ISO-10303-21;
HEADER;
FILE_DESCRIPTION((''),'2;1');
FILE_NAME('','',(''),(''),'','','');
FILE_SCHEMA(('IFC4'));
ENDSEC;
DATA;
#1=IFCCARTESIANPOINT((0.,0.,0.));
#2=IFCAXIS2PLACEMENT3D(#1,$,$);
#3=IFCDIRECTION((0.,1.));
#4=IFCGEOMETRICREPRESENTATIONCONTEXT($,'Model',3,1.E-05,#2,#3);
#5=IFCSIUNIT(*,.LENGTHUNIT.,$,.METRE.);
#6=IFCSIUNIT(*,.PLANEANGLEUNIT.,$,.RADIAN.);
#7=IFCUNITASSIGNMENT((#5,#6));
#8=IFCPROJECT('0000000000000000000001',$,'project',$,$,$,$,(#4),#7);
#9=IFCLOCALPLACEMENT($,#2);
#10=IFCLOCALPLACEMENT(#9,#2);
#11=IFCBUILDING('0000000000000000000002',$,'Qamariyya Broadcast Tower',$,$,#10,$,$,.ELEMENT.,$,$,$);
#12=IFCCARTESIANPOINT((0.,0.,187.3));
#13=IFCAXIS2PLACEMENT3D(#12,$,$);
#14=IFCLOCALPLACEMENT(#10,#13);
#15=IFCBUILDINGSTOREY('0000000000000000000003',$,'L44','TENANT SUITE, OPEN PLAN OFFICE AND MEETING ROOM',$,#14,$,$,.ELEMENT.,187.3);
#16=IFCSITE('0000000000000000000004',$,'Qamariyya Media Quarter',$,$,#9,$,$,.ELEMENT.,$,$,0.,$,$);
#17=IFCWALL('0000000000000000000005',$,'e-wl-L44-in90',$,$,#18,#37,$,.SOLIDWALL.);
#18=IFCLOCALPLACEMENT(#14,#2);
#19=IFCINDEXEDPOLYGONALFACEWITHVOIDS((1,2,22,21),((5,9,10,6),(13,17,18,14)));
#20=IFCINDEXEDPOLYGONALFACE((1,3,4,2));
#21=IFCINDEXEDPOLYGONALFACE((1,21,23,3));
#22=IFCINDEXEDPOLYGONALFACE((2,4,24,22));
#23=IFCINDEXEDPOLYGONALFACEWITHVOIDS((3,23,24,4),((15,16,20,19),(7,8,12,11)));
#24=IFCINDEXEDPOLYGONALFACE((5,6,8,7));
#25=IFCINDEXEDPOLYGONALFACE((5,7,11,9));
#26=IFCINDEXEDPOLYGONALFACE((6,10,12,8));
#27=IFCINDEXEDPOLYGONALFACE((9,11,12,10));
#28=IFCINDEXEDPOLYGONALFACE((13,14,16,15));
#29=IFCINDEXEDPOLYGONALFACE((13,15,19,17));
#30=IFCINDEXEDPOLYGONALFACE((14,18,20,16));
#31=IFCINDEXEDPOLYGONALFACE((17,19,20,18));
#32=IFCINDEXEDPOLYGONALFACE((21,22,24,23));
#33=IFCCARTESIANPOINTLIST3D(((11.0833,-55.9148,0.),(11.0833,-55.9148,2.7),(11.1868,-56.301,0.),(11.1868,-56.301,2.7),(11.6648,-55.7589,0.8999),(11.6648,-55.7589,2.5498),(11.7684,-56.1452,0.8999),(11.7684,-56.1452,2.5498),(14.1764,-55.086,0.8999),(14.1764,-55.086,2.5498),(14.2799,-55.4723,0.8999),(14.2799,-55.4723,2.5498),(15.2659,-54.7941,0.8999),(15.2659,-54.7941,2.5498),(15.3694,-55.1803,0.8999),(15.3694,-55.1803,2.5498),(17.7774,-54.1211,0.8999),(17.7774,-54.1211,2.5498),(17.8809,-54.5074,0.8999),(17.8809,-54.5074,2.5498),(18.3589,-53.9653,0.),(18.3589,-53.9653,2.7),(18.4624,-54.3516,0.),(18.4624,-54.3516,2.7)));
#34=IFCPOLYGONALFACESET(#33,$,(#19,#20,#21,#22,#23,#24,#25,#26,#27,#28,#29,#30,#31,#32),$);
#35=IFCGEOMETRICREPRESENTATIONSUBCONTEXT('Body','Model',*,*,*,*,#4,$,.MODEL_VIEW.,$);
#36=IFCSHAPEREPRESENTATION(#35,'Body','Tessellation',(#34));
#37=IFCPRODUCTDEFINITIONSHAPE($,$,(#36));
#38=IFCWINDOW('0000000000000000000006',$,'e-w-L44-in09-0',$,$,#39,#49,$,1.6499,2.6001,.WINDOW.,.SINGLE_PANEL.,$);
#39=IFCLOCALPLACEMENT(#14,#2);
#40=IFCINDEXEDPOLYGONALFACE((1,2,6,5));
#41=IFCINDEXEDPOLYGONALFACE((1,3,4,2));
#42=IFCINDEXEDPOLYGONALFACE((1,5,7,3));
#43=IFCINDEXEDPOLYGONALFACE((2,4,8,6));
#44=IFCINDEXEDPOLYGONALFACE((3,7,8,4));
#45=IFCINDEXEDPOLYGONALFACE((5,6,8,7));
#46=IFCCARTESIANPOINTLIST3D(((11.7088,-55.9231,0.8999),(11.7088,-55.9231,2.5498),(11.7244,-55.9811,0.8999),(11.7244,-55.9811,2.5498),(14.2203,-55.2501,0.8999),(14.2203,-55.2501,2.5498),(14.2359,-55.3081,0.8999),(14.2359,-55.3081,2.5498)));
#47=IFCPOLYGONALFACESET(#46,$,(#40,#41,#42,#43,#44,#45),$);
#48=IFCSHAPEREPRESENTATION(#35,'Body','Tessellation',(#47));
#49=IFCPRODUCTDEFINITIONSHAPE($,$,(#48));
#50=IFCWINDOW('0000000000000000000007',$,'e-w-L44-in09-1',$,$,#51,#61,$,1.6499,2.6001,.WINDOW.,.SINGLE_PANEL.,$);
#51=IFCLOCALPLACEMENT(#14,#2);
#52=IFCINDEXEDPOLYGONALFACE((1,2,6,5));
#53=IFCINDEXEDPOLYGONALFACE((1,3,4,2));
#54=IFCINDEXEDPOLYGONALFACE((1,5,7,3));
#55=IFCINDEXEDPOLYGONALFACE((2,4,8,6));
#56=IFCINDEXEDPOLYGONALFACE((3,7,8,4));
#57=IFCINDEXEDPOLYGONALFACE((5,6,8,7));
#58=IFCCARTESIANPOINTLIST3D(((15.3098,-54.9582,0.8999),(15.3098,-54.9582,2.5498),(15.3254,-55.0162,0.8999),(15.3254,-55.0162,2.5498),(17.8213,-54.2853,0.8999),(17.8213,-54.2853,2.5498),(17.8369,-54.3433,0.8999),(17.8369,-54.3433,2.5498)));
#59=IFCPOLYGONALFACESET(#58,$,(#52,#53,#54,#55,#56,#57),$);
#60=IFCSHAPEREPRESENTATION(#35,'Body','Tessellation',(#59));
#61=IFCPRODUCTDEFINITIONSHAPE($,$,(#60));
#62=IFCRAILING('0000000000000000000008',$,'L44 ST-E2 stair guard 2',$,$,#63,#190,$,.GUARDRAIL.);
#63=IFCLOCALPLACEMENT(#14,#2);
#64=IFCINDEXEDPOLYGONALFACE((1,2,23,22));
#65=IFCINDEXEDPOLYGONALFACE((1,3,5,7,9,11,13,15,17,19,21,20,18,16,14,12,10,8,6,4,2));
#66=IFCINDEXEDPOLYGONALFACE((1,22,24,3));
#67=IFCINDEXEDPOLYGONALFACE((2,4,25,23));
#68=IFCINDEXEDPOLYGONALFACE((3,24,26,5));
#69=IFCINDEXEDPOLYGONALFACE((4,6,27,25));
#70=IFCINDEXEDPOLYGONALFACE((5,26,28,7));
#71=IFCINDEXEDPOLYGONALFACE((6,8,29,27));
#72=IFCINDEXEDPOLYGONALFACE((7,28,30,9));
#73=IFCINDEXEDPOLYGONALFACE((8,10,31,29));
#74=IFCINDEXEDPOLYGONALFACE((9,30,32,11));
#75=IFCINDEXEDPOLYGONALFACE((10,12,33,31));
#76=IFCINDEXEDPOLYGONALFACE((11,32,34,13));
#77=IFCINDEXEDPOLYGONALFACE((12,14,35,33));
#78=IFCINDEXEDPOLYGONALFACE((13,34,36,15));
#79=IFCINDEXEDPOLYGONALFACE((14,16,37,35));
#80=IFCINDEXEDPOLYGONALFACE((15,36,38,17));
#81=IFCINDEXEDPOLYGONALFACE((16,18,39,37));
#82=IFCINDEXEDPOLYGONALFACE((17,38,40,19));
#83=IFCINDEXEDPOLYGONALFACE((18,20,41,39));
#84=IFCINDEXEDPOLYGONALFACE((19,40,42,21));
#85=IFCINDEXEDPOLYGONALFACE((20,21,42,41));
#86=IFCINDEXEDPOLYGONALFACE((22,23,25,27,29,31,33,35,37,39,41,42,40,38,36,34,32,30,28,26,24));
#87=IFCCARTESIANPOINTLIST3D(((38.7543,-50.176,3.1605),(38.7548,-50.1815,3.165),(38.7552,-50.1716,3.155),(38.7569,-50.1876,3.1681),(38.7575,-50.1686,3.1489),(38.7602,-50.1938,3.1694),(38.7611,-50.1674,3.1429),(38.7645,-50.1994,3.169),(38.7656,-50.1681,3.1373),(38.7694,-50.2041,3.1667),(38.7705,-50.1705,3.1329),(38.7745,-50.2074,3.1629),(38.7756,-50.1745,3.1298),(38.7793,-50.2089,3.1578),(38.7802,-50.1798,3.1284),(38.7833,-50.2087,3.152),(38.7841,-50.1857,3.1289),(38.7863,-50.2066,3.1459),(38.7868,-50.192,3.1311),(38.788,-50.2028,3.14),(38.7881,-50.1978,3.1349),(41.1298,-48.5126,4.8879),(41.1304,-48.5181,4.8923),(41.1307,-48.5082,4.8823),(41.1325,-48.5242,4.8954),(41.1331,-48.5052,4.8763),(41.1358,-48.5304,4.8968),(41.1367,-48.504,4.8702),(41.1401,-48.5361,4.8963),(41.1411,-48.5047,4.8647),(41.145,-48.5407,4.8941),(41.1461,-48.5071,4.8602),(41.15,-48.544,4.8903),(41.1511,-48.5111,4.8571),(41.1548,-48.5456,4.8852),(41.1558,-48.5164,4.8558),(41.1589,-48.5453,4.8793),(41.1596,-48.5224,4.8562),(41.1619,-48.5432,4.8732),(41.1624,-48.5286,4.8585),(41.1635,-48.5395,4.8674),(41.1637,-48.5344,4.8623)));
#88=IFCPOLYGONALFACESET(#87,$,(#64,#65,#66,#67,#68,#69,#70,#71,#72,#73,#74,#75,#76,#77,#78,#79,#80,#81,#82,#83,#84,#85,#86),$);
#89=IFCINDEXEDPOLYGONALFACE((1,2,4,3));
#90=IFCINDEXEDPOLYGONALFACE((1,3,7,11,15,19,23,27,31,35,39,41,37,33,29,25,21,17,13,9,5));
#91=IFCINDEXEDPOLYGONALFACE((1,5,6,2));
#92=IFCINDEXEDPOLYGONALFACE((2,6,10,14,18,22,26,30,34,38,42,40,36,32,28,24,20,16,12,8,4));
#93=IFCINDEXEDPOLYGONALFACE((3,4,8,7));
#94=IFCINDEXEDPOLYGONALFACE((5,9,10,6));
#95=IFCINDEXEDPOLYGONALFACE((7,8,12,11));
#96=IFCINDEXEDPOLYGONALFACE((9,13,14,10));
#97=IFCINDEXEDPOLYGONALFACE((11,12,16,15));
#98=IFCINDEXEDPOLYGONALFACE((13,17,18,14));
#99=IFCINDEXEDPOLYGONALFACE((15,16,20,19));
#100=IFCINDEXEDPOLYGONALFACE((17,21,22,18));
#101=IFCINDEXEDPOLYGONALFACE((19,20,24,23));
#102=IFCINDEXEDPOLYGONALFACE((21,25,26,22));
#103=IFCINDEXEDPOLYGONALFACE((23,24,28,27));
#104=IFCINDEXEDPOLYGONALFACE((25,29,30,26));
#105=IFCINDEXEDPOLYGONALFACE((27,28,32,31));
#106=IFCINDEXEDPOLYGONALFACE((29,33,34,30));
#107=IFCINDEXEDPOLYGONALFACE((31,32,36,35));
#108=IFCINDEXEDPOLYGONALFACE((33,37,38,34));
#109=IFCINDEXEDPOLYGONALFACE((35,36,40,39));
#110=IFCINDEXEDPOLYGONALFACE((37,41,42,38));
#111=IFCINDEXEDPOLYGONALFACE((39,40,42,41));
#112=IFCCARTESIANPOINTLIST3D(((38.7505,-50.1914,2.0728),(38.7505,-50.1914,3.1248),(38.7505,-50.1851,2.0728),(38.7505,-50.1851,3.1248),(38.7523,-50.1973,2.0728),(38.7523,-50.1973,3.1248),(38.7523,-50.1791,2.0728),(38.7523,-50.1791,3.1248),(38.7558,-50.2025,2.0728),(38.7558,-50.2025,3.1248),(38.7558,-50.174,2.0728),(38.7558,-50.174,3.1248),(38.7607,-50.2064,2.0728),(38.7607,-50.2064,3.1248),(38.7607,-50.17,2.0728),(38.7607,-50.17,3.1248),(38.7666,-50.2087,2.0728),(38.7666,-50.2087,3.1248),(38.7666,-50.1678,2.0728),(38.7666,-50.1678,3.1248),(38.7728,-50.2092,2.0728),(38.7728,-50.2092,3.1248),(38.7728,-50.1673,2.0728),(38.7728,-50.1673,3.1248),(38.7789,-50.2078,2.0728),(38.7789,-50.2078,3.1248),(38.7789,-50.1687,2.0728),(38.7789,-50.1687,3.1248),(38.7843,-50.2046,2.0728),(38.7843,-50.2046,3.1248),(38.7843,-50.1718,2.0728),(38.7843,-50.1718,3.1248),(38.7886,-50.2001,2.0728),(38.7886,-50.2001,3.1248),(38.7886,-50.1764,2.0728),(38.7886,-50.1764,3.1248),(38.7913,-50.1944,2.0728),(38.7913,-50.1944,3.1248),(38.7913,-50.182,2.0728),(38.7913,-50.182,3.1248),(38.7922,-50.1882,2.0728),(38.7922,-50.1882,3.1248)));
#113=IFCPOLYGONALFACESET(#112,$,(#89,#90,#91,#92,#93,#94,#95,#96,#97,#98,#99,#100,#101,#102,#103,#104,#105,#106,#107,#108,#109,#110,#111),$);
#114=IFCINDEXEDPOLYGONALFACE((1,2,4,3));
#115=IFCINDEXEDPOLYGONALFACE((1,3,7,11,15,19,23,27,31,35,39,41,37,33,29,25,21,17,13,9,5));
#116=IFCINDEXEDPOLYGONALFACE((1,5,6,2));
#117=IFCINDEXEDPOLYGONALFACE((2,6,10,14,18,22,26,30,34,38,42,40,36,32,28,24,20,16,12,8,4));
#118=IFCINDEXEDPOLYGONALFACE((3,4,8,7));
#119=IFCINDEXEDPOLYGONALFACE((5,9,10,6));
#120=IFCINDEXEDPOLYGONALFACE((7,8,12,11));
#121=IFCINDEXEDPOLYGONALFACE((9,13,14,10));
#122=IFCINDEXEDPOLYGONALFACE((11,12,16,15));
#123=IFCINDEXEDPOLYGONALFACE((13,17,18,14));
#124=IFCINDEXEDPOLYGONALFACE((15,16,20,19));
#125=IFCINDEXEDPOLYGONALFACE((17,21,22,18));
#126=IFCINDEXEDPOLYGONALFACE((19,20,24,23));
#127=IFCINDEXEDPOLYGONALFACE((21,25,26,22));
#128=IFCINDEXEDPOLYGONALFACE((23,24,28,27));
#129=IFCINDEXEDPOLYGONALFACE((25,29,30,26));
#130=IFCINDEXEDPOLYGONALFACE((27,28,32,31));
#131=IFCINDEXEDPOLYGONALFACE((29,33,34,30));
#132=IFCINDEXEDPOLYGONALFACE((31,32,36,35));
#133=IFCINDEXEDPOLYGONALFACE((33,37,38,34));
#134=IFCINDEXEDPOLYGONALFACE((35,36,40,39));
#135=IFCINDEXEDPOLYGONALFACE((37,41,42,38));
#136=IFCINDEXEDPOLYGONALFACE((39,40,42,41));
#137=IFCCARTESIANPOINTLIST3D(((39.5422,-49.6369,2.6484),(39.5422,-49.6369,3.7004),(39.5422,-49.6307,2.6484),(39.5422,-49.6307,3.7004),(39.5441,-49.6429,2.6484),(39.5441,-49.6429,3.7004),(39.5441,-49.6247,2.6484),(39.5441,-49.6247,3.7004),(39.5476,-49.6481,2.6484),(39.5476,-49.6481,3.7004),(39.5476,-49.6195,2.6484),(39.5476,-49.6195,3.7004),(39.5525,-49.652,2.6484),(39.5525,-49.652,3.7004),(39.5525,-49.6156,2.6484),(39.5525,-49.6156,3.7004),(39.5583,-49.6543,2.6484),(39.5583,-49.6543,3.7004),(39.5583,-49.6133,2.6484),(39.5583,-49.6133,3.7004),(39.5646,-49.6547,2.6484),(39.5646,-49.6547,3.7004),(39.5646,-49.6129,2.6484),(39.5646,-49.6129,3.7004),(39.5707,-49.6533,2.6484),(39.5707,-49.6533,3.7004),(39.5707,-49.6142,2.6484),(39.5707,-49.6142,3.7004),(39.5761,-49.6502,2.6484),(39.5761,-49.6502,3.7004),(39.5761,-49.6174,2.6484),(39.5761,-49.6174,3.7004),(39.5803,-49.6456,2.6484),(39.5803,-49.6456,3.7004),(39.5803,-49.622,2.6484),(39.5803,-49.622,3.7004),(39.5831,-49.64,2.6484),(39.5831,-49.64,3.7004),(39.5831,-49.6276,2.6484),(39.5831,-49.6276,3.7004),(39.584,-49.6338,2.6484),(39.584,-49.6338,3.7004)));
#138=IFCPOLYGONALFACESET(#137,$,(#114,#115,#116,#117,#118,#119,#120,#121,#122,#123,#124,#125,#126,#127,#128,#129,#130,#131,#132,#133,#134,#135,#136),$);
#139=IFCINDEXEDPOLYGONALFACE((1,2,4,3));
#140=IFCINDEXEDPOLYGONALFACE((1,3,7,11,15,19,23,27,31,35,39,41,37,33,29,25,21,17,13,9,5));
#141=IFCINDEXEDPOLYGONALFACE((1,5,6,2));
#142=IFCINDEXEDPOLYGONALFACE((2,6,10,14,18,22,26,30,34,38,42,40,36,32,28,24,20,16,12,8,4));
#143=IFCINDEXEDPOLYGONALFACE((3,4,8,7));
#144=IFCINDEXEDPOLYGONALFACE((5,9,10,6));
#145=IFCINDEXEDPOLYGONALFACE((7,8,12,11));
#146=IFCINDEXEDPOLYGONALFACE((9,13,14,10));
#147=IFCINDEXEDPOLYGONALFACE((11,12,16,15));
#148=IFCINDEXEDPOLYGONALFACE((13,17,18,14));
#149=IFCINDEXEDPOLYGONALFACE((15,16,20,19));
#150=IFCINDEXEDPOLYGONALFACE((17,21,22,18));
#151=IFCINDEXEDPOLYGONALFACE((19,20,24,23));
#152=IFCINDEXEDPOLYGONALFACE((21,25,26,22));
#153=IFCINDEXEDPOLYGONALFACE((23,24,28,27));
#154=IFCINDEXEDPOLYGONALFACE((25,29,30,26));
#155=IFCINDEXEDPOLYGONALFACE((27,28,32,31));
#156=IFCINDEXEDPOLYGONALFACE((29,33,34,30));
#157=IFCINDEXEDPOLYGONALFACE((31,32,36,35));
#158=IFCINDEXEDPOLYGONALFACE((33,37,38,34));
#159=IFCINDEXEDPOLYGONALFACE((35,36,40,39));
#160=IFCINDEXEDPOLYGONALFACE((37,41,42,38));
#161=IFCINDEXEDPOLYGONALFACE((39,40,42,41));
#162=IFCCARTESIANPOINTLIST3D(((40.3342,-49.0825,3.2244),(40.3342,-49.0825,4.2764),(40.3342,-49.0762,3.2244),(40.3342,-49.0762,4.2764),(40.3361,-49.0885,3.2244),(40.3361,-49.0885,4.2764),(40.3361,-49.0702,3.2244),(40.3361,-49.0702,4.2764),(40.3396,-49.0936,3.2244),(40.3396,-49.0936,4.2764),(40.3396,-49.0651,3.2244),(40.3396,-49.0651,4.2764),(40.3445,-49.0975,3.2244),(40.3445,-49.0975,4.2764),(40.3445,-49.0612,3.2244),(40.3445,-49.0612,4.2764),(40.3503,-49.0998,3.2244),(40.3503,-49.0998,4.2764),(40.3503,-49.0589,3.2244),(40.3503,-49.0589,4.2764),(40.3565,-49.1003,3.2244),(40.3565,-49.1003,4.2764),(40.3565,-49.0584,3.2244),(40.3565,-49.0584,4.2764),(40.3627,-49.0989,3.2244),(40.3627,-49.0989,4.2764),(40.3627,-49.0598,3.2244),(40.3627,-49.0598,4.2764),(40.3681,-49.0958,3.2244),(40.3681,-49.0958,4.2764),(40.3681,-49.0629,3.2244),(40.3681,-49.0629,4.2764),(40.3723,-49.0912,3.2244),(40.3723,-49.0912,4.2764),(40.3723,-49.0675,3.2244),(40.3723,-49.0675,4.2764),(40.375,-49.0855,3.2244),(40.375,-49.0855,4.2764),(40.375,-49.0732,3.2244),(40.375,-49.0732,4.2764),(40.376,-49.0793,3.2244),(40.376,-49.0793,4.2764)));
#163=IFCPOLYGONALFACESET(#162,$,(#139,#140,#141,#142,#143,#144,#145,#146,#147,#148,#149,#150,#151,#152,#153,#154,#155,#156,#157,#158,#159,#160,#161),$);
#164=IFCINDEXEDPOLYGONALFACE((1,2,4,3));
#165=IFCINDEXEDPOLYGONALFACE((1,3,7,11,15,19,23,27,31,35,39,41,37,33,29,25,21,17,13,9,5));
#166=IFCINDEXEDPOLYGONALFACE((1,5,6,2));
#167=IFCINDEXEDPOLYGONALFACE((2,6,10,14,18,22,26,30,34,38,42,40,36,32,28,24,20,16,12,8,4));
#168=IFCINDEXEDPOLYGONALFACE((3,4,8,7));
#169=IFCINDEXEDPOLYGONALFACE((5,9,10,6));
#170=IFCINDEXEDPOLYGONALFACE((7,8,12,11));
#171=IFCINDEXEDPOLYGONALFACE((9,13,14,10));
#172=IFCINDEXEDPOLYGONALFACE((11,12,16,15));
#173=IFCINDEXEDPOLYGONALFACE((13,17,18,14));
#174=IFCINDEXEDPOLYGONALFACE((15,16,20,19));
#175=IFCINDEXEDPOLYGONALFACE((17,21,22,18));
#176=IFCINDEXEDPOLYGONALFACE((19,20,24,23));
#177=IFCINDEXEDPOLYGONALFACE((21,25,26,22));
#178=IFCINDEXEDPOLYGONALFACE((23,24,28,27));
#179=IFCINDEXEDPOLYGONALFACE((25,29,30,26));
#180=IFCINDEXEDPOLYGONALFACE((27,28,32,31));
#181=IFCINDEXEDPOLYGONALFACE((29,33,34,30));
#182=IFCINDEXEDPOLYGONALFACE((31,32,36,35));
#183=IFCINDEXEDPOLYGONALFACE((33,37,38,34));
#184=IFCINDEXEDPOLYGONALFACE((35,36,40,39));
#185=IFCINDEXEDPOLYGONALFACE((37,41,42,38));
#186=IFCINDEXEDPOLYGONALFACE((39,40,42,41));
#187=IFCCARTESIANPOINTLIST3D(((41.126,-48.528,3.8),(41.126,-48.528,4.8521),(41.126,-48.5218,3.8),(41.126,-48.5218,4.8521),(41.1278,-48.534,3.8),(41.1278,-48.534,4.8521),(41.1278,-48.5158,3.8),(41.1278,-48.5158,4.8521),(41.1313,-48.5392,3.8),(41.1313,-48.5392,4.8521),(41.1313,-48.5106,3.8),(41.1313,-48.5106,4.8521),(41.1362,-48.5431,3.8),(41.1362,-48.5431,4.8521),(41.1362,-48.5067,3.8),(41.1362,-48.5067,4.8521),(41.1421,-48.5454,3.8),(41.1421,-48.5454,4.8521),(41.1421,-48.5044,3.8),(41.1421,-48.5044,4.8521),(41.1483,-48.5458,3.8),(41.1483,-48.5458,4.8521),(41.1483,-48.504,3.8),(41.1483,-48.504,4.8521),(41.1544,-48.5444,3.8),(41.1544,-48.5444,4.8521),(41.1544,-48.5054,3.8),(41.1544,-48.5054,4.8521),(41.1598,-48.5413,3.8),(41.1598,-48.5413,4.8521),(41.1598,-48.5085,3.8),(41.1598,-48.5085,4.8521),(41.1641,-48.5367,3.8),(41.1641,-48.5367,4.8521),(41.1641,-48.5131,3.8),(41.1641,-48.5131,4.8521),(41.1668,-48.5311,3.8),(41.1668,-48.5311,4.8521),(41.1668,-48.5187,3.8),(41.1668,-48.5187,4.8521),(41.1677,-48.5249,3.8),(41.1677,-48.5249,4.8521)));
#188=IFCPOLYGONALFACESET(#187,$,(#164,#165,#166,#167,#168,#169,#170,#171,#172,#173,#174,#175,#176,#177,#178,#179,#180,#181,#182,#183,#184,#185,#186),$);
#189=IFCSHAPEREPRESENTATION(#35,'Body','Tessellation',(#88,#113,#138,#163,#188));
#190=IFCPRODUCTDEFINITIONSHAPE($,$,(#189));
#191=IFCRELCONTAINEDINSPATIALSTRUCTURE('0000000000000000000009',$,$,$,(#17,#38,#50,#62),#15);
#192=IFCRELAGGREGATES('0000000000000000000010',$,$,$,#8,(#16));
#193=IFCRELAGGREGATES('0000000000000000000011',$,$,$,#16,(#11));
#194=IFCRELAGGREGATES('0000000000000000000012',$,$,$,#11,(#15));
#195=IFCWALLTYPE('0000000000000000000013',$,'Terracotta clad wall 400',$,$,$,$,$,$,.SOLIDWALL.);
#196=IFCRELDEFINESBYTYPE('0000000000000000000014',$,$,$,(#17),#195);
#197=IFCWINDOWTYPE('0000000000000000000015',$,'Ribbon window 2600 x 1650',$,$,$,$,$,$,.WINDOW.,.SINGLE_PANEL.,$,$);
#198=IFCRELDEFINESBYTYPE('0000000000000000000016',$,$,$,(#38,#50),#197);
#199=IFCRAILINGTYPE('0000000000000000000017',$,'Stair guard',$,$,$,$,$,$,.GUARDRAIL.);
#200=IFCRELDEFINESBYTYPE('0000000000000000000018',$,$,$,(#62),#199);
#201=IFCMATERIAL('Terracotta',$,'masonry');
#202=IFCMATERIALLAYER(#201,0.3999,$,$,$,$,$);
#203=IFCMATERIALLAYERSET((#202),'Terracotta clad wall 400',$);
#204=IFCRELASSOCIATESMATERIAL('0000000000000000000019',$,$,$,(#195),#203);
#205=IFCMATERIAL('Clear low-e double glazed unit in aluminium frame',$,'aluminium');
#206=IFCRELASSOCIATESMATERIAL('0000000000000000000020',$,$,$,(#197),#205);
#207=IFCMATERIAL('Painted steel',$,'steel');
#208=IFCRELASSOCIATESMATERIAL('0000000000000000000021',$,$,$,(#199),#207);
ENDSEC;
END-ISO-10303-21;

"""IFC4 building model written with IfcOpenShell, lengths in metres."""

from ifc_helpers import new_model, si_unit, direction, frame, frame_2d, origin, origin_2d, place, context, subcontext, project, spatial, rectangle, circle, extrude, material, layer, layer_set, type_object, element, fill, save


model = new_model("IFC4")

# Units and contexts
model_context = context("Model", 3, precision=1e-05, world=origin(), true_north=direction((0.0, 1.0)))
body_context = subcontext(model_context, "Body", "Model", "MODEL_VIEW")
ifc_project = project(units=[si_unit("LENGTHUNIT", "METRE"), si_unit("PLANEANGLEUNIT", "RADIAN")], contexts=[model_context])

# Site, building, storey
site_placement = place(None, origin())
site = spatial("IfcSite", under=ifc_project, at=site_placement, Name="Qamariyya Media Quarter", CompositionType="ELEMENT", RefElevation=0.0)
building_placement = place(site_placement, origin())
building = spatial("IfcBuilding", under=site, at=building_placement, Name="Qamariyya Broadcast Tower", CompositionType="ELEMENT")
storey_placement = place(building_placement, frame((0.0, 0.0, 187.3)))
storey = spatial("IfcBuildingStorey", under=building, at=storey_placement, Name="L44", Description="TENANT SUITE, OPEN PLAN OFFICE AND MEETING ROOM", CompositionType="ELEMENT", Elevation=187.3)

# Wall, openings, windows
ifc_material_1 = material(Name="Terracotta", Category="masonry")
ifc_layer_1 = layer(ifc_material_1, 0.3999)
ifc_layer_set_1 = layer_set([ifc_layer_1], Name="Terracotta clad wall 400")
wall_type_1 = type_object("IfcWallType", Name="Terracotta clad wall 400", PredefinedType="SOLIDWALL", material=ifc_layer_set_1)
ifc_material_2 = material(Name="Clear low-e double glazed unit in aluminium frame", Category="aluminium")
window_type = type_object("IfcWindowType", Name="Ribbon window 2600 x 1650", PartitioningType="SINGLE_PANEL", PredefinedType="WINDOW", material=ifc_material_2)
wall_1_placement = place(storey_placement, frame((18.4106, -54.1584, 0.0), z_axis=(0.0, 0.0, 1.0), x_axis=(-0.965927, -0.258814, 0.0)))
wall_1 = element("IfcWall", 1, at=wall_1_placement, inside=storey, type_object=wall_type_1, Name="e-wl-L44-in90", PredefinedType="SOLIDWALL", context=body_context, shape_type="SweptSolid", body=[
    extrude(rectangle(XDim=7.5322, YDim=0.3999, at=frame_2d((3.7661, 0.0))), origin(), (0.0, 0.0, 1.0), 2.7),
])
opening_1_placement = place(wall_1_placement, frame((4.3301, 0.0, 0.8999)))
opening_1 = element("IfcOpeningElement", 2, at=opening_1_placement, cuts=wall_1, PredefinedType="OPENING", context=body_context, shape_type="SweptSolid", body=[
    extrude(rectangle(XDim=2.6001, YDim=1.6499, at=frame_2d((1.3, 0.825))), frame((0.0, 0.21, 0.0), z_axis=(0.0, -1.0, 0.0), x_axis=(1.0, 0.0, 0.0)), (0.0, 0.0, 1.0), 0.4199),
])
opening_2_placement = place(wall_1_placement, frame((0.6021, 0.0, 0.8999)))
opening_2 = element("IfcOpeningElement", 3, at=opening_2_placement, cuts=wall_1, PredefinedType="OPENING", context=body_context, shape_type="SweptSolid", body=[
    extrude(rectangle(XDim=2.6001, YDim=1.6499, at=frame_2d((1.3, 0.825))), frame((0.0, 0.21, 0.0), z_axis=(0.0, -1.0, 0.0), x_axis=(1.0, 0.0, 0.0)), (0.0, 0.0, 1.0), 0.4199),
])
window_1_placement = place(opening_1_placement, origin())
window_1 = element("IfcWindow", 4, at=window_1_placement, inside=storey, type_object=window_type, Name="e-w-L44-in09-0", OverallHeight=1.6499, OverallWidth=2.6001, PartitioningType="SINGLE_PANEL", PredefinedType="WINDOW", context=body_context, shape_type="SweptSolid", body=[
    extrude(rectangle(XDim=2.6001, YDim=1.6499, at=frame_2d((1.3, 0.825))), frame((0.0, 0.03, 0.0), z_axis=(0.0, -1.0, 0.0), x_axis=(1.0, 0.0, 0.0)), (0.0, 0.0, 1.0), 0.0601),
])
fill(opening_1, window_1)
window_2_placement = place(opening_2_placement, origin())
window_2 = element("IfcWindow", 5, at=window_2_placement, inside=storey, type_object=window_type, Name="e-w-L44-in09-1", OverallHeight=1.6499, OverallWidth=2.6001, PartitioningType="SINGLE_PANEL", PredefinedType="WINDOW", context=body_context, shape_type="SweptSolid", body=[
    extrude(rectangle(XDim=2.6001, YDim=1.6499, at=frame_2d((1.3, 0.825))), frame((0.0, 0.03, 0.0), z_axis=(0.0, -1.0, 0.0), x_axis=(1.0, 0.0, 0.0)), (0.0, 0.0, 1.0), 0.0601),
])
fill(opening_2, window_2)

# Railing
ifc_material_3 = material(Name="Painted steel", Category="steel")
railing_type = type_object("IfcRailingType", Name="Stair guard", PredefinedType="GUARDRAIL", material=ifc_material_3)
railing_placement = place(storey_placement, frame((38.7712, -50.1882, 2.0728)))
element("IfcRailing", 6, at=railing_placement, inside=storey, type_object=railing_type, Name="L44 ST-E2 stair guard 2", PredefinedType="GUARDRAIL", context=body_context, shape_type="SweptSolid", body=[
    extrude(circle(Radius=0.0239, at=origin_2d()), frame((0.0, 0.0, 1.0762), z_axis=(0.70377, 0.492784, 0.511734), x_axis=(-0.573575, 0.819153, 0.0)), (0.0, 0.0, 1.0), 3.3755),
    extrude(circle(Radius=0.021, at=origin_2d()), origin(), (0.0, 0.0, 1.0), 1.052),
    extrude(circle(Radius=0.021, at=origin_2d()), frame((0.7917, 0.5544, 0.5757)), (0.0, 0.0, 1.0), 1.052),
    extrude(circle(Radius=0.021, at=origin_2d()), frame((1.5837, 1.1089, 1.1516)), (0.0, 0.0, 1.0), 1.052),
    extrude(circle(Radius=0.021, at=origin_2d()), frame((2.3755, 1.6633, 1.7273)), (0.0, 0.0, 1.0), 1.052),
])

save(model, "model.ifc")
